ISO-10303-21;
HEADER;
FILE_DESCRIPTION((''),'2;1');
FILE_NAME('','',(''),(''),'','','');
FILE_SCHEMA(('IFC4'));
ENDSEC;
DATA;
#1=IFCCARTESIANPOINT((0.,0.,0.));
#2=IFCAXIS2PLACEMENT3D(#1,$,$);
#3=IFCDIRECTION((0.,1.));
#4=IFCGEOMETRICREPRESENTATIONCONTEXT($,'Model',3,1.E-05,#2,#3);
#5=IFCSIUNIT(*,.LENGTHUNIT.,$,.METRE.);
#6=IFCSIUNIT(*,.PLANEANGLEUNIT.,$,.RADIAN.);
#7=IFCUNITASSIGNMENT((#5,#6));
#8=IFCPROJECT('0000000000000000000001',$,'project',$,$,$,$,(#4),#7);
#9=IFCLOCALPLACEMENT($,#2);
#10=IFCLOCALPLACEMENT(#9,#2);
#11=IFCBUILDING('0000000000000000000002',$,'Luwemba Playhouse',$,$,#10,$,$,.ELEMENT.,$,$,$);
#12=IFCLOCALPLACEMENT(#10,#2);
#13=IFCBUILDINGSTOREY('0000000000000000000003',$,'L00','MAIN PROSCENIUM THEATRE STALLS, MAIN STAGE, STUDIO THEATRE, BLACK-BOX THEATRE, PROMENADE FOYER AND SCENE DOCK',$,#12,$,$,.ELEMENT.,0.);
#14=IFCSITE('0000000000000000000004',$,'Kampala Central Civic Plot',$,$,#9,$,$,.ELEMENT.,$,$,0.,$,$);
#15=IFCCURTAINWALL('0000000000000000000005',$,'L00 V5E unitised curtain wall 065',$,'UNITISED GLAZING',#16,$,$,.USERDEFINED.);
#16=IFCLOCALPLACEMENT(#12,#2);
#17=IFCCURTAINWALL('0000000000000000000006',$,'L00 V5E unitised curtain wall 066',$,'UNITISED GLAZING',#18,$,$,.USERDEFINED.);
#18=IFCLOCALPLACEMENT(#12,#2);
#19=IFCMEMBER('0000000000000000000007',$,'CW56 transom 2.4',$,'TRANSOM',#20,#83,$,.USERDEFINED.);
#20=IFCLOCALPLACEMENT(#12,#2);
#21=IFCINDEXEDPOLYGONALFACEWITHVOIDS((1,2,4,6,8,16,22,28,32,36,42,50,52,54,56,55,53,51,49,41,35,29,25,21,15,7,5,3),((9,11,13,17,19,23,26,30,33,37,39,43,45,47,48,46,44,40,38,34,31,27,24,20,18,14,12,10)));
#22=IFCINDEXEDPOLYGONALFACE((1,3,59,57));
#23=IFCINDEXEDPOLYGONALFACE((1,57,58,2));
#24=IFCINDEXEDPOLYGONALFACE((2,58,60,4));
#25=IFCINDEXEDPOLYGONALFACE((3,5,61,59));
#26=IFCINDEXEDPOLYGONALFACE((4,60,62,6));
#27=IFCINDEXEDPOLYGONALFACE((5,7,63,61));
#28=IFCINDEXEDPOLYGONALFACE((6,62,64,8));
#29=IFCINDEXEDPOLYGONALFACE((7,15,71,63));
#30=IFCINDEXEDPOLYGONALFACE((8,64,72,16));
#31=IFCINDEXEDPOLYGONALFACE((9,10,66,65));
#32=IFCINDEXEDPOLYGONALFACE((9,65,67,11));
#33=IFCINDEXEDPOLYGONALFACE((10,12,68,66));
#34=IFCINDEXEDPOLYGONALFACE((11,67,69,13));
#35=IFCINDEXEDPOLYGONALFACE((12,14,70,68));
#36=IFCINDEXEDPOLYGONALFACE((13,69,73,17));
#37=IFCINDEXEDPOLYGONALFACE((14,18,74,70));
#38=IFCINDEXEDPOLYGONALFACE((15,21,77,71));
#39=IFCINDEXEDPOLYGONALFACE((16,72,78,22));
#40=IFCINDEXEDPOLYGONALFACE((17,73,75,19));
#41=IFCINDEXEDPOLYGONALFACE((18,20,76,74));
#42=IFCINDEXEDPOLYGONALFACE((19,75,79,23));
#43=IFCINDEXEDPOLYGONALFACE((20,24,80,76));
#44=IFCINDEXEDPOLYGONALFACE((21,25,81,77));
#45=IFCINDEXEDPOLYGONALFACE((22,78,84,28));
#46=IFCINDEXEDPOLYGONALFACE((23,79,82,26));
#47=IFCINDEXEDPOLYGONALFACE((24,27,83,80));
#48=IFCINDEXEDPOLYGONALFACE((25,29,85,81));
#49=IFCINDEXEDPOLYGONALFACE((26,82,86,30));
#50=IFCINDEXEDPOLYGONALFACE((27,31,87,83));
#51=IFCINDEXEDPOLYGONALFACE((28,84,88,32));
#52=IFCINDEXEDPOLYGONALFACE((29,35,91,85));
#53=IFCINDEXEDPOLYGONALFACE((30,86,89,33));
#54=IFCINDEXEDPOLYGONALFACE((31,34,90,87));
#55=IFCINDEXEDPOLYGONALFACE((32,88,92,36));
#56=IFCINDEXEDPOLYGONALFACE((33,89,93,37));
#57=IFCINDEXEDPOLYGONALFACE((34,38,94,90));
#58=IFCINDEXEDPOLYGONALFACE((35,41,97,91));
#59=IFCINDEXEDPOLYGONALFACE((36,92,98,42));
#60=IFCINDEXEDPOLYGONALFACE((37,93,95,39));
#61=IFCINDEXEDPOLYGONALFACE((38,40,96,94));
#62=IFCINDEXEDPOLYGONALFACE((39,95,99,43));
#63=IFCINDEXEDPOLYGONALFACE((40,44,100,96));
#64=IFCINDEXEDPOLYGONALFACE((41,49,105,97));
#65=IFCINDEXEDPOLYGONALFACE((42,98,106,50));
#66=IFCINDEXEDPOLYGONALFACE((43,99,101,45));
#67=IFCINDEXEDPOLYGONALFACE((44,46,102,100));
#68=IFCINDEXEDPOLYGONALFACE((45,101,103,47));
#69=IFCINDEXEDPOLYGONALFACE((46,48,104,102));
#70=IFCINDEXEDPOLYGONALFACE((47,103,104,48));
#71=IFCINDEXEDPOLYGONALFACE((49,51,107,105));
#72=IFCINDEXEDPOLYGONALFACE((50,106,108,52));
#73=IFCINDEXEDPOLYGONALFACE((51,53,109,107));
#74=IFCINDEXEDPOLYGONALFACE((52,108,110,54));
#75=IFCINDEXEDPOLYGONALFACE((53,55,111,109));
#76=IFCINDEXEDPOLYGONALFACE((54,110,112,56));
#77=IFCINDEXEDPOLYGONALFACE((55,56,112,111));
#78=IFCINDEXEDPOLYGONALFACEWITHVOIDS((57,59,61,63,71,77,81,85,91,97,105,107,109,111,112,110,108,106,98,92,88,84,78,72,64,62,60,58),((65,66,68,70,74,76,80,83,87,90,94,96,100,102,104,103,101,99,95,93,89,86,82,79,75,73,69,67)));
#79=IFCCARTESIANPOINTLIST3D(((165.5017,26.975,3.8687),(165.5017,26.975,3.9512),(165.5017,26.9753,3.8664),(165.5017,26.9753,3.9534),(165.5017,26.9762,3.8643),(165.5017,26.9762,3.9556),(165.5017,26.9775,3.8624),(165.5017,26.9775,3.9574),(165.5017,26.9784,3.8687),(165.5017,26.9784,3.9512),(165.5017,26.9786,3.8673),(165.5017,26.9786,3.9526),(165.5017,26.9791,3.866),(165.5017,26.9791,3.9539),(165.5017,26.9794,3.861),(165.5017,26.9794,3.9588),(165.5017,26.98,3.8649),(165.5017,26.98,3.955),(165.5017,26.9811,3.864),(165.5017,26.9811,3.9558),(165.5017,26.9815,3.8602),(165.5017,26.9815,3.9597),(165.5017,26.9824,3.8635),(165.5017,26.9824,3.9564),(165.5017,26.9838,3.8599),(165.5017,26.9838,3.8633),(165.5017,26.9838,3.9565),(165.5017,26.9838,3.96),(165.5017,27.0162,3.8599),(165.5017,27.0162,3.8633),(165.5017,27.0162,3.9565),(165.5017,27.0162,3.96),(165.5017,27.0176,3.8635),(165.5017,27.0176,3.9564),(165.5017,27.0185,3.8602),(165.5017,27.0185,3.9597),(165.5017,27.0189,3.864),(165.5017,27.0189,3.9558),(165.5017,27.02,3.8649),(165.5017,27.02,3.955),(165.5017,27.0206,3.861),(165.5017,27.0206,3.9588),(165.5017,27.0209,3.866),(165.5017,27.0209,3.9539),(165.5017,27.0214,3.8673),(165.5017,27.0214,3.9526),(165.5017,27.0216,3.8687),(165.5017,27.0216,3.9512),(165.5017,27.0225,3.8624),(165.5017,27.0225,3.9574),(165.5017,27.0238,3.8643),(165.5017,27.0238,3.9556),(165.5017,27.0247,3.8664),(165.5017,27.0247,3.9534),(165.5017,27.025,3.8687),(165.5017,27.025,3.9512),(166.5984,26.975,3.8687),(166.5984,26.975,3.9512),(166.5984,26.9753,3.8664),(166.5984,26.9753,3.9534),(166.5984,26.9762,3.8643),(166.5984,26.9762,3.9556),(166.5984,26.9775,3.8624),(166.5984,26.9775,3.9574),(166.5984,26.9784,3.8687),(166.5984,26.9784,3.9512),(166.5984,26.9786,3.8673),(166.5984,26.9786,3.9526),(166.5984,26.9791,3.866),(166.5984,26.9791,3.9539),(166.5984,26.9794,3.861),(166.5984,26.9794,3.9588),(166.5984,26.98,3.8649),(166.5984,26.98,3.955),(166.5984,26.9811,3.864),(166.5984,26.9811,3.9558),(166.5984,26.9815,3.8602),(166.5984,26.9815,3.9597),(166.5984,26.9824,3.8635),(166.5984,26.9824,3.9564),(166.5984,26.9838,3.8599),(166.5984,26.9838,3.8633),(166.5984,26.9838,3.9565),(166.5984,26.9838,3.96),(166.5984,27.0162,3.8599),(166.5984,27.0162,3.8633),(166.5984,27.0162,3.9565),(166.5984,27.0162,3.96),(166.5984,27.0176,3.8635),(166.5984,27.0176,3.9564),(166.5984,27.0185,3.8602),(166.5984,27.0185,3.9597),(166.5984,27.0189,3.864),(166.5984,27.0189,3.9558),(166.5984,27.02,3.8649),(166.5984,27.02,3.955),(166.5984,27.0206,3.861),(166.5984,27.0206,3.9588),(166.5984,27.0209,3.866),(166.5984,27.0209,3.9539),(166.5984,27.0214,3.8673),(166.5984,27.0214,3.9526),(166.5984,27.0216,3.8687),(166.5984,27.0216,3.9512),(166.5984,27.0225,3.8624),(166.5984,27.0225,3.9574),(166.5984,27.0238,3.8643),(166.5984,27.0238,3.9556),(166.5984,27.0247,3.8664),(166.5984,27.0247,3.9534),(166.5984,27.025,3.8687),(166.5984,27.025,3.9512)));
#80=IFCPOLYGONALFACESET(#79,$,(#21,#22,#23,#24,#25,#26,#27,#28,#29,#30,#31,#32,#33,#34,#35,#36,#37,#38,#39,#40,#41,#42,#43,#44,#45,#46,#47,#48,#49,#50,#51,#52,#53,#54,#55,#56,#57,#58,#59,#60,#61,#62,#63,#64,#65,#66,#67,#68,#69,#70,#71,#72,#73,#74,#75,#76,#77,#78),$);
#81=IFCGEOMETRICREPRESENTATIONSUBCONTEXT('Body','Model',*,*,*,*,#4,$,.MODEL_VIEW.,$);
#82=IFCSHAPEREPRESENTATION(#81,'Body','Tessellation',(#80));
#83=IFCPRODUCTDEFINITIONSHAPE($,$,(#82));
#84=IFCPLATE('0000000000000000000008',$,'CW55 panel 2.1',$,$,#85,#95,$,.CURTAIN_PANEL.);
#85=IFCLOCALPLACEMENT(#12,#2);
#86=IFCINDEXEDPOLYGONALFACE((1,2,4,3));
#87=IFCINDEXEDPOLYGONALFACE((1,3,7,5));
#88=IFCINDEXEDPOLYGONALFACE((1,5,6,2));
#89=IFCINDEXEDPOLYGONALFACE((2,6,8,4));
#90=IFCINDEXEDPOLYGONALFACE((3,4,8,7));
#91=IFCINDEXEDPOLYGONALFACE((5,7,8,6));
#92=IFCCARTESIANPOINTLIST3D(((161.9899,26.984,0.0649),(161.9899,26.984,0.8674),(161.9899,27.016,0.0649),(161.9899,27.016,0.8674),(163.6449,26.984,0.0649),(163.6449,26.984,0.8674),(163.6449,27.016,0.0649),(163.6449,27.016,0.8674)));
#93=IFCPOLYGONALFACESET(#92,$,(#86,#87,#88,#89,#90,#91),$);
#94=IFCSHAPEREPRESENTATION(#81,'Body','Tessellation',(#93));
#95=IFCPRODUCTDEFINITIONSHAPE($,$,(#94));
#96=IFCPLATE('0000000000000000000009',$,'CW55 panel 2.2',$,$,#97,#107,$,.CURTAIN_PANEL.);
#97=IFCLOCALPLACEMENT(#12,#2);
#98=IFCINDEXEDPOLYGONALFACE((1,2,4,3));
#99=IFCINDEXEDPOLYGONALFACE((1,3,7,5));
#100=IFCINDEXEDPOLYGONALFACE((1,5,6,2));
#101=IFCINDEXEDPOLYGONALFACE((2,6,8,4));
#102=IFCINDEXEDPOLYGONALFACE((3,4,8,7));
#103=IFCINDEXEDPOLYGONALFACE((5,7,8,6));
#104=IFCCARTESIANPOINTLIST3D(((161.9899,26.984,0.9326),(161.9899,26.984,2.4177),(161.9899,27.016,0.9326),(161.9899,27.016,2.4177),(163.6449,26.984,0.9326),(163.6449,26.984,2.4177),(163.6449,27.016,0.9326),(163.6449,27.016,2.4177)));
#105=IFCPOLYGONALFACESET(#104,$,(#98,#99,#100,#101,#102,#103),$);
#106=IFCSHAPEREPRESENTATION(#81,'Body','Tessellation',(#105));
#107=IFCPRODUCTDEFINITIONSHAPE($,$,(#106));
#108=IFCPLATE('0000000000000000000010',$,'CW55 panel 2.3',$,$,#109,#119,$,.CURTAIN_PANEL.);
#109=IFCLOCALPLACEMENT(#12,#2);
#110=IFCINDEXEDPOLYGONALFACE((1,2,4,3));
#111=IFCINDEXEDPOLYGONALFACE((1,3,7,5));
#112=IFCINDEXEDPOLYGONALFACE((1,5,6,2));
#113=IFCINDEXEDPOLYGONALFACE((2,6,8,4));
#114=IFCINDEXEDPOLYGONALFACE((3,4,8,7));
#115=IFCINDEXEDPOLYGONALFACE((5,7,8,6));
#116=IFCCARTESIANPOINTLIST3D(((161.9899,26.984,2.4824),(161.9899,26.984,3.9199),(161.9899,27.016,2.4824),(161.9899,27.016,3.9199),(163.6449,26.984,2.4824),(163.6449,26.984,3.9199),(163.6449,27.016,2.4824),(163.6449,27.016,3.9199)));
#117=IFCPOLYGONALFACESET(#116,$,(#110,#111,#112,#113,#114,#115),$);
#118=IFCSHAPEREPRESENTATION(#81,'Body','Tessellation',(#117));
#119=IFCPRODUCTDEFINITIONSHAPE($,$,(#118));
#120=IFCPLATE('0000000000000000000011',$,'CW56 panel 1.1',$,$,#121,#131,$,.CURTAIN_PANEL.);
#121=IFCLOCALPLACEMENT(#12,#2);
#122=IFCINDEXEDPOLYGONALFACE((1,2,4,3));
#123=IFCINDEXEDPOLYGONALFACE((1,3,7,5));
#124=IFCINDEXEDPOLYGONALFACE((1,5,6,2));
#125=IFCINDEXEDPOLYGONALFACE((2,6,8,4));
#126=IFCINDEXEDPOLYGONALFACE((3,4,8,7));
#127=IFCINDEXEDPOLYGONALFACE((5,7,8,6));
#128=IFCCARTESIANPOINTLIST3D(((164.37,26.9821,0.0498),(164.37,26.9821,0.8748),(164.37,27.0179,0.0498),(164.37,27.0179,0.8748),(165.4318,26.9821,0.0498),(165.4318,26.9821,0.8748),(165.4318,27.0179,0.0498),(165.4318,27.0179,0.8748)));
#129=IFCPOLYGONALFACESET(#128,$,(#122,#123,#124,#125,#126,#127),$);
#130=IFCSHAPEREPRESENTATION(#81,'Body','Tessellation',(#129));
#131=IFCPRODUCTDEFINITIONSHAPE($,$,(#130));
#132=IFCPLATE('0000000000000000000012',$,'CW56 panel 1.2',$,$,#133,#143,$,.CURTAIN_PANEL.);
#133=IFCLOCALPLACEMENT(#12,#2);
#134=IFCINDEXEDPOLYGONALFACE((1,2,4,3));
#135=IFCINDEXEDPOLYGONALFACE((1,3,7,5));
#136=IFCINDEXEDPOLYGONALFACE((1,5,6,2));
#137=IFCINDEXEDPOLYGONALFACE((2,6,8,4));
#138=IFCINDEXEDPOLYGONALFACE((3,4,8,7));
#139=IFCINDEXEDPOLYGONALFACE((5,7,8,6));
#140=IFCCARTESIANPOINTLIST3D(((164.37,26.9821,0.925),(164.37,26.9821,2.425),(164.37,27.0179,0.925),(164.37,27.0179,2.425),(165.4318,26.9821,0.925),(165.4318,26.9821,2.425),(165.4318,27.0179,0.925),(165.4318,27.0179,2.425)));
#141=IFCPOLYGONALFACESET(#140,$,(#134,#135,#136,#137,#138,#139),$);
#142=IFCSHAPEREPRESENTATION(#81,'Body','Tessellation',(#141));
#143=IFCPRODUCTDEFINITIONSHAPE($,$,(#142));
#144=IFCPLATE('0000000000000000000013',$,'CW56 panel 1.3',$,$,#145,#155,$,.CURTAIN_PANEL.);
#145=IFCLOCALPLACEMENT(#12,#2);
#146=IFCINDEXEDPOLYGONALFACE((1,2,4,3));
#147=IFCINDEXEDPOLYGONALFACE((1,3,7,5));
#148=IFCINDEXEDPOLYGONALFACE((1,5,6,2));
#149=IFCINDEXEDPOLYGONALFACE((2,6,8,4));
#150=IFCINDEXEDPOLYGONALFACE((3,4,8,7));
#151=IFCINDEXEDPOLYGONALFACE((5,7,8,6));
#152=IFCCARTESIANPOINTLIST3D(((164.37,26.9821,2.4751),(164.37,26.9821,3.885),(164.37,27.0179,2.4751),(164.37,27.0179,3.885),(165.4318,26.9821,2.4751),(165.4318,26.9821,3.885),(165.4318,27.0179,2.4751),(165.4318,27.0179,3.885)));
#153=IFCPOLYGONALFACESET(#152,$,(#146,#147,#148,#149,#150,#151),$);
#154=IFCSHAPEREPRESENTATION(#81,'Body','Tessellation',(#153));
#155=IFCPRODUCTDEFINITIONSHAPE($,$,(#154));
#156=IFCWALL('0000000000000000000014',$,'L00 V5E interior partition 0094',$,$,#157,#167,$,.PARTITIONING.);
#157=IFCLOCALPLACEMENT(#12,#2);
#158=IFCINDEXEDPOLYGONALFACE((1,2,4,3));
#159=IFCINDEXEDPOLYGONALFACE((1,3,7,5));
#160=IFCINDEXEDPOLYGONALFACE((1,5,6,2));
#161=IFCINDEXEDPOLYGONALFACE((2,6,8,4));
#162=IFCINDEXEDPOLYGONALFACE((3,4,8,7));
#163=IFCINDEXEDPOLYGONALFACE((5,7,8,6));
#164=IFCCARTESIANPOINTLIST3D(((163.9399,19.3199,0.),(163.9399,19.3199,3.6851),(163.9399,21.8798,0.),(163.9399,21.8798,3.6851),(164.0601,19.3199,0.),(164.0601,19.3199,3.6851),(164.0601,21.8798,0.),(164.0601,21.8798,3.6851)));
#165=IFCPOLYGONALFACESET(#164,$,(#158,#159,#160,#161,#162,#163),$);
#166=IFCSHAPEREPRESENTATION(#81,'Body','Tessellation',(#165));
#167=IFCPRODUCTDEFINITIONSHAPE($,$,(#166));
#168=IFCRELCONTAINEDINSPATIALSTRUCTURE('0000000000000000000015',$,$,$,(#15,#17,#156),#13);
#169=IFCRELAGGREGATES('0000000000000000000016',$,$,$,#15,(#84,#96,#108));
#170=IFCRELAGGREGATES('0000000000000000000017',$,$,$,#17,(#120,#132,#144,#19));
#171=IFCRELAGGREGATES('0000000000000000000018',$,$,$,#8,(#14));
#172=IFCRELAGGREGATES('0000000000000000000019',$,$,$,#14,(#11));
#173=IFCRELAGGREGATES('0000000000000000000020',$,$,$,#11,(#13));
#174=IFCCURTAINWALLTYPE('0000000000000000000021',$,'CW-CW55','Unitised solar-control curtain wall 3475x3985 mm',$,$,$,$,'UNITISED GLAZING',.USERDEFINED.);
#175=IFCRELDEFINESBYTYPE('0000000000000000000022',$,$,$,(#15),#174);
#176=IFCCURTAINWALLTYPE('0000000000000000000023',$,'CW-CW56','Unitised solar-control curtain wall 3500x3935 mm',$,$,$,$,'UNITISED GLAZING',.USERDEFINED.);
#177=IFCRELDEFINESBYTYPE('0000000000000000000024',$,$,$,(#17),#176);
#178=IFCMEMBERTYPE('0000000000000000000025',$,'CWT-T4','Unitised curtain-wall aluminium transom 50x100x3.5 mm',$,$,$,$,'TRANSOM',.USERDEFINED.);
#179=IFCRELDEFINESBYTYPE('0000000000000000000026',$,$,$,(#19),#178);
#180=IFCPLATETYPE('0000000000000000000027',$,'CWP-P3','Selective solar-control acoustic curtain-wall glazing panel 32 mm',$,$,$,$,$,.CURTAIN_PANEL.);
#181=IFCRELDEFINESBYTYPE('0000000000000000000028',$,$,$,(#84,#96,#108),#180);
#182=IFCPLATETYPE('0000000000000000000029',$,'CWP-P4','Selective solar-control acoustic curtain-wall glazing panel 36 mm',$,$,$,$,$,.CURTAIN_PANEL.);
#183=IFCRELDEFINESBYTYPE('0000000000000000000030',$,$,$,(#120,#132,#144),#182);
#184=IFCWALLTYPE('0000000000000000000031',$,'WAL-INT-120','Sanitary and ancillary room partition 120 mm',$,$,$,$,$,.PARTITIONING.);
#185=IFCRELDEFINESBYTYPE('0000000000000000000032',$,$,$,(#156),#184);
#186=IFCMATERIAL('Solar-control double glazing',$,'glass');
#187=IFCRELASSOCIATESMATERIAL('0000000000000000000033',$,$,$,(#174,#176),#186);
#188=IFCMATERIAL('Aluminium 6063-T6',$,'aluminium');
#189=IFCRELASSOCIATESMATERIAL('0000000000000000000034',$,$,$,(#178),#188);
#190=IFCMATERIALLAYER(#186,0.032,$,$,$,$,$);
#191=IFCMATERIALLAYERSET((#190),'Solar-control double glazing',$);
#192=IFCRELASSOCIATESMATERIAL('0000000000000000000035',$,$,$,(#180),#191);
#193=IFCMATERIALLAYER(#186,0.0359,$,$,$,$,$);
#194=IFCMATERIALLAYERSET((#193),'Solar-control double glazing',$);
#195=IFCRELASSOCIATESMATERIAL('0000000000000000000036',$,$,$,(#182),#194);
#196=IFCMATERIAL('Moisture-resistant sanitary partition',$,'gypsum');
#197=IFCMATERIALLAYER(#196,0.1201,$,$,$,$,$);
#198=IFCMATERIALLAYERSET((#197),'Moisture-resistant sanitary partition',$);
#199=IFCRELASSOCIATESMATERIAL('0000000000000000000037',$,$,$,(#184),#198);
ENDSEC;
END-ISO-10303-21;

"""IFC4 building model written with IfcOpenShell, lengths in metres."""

from ifc_helpers import new_model, si_unit, direction, frame, frame_2d, origin, origin_2d, place, context, subcontext, project, spatial, rectangle, hollow_rectangle, extrude, material, layer, layer_set, material_profile, profile_set, type_object, element, aggregate, save


model = new_model("IFC4")

# Units and contexts
model_context = context("Model", 3, precision=1e-05, world=origin(), true_north=direction((0.0, 1.0)))
body_context = subcontext(model_context, "Body", "Model", "MODEL_VIEW")
ifc_project = project(units=[si_unit("LENGTHUNIT", "METRE"), si_unit("PLANEANGLEUNIT", "RADIAN")], contexts=[model_context])

# Site, building, storey
site_placement = place(None, origin())
site = spatial("IfcSite", under=ifc_project, at=site_placement, Name="Kampala Central Civic Plot", CompositionType="ELEMENT", RefElevation=0.0)
building_placement = place(site_placement, origin())
building = spatial("IfcBuilding", under=site, at=building_placement, Name="Luwemba Playhouse", CompositionType="ELEMENT")
storey_placement = place(building_placement, origin())
storey = spatial("IfcBuildingStorey", under=building, at=storey_placement, Name="L00", Description="MAIN PROSCENIUM THEATRE STALLS, MAIN STAGE, STUDIO THEATRE, BLACK-BOX THEATRE, PROMENADE FOYER AND SCENE DOCK", CompositionType="ELEMENT", Elevation=0.0)

# Curtain wall
ifc_material_1 = material(Name="Solar-control double glazing", Category="glass")
curtain_wall_type_1 = type_object("IfcCurtainWallType", Name="CW-CW55", Description="Unitised solar-control curtain wall 3475x3985 mm", ElementType="UNITISED GLAZING", PredefinedType="USERDEFINED", material=ifc_material_1)
curtain_wall_1_placement = place(storey_placement, origin())
curtain_wall_1 = element("IfcCurtainWall", 1, at=curtain_wall_1_placement, inside=storey, type_object=curtain_wall_type_1, Name="L00 V5E unitised curtain wall 065", ObjectType="UNITISED GLAZING", PredefinedType="USERDEFINED")
ifc_material_2 = material(Name="Aluminium 6063-T6", Category="aluminium")

# Curtain wall
curtain_wall_type_2 = type_object("IfcCurtainWallType", Name="CW-CW56", Description="Unitised solar-control curtain wall 3500x3935 mm", ElementType="UNITISED GLAZING", PredefinedType="USERDEFINED", material=ifc_material_1)
curtain_wall_2_placement = place(storey_placement, origin())
curtain_wall_2 = element("IfcCurtainWall", 2, at=curtain_wall_2_placement, inside=storey, type_object=curtain_wall_type_2, Name="L00 V5E unitised curtain wall 066", ObjectType="UNITISED GLAZING", PredefinedType="USERDEFINED")

# Member
ifc_material_profile_1 = material_profile(ifc_material_2, hollow_rectangle(XDim=0.05, YDim=0.1001, WallThickness=0.0034, InnerFilletRadius=0.0054, OuterFilletRadius=0.0088, at=origin_2d()))
ifc_profile_set_1 = profile_set([ifc_material_profile_1], Name="Aluminium 6063-T6")
member_type_1 = type_object("IfcMemberType", Name="CWT-T4", Description="Unitised curtain-wall aluminium transom 50x100x3.5 mm", ElementType="TRANSOM", PredefinedType="USERDEFINED", material=ifc_profile_set_1)
member_1_placement = place(storey_placement, frame((165.5017, 27.0, 3.9099), z_axis=(1.0, 0.0, 0.0), x_axis=(0.0, 1.0, 0.0)))
member_1 = element("IfcMember", 3, at=member_1_placement, type_object=member_type_1, Name="CW56 transom 2.4", ObjectType="TRANSOM", PredefinedType="USERDEFINED", context=body_context, shape_type="SweptSolid", body=[
    extrude(hollow_rectangle(XDim=0.05, YDim=0.1001, WallThickness=0.0034, InnerFilletRadius=0.0054, OuterFilletRadius=0.0088, at=origin_2d()), origin(), (0.0, 0.0, 1.0), 1.0967),
])

# Plates
ifc_layer_1 = layer(ifc_material_1, 0.032)
ifc_layer_set_1 = layer_set([ifc_layer_1], Name="Solar-control double glazing")
plate_type_1 = type_object("IfcPlateType", Name="CWP-P3", Description="Selective solar-control acoustic curtain-wall glazing panel 32 mm", PredefinedType="CURTAIN_PANEL", material=ifc_layer_set_1)
plate_1_placement = place(storey_placement, frame((162.8174, 27.0, 0.0649), z_axis=(0.0, 0.0, 1.0), x_axis=(1.0, 0.0, 0.0)))
plate_1 = element("IfcPlate", 4, at=plate_1_placement, type_object=plate_type_1, Name="CW55 panel 2.1", PredefinedType="CURTAIN_PANEL", context=body_context, shape_type="SweptSolid", body=[
    extrude(rectangle(XDim=1.655, YDim=0.032, at=origin_2d()), origin(), (0.0, 0.0, 1.0), 0.8025),
])
plate_2_placement = place(storey_placement, frame((162.8174, 27.0, 0.9326), z_axis=(0.0, 0.0, 1.0), x_axis=(1.0, 0.0, 0.0)))
plate_2 = element("IfcPlate", 5, at=plate_2_placement, type_object=plate_type_1, Name="CW55 panel 2.2", PredefinedType="CURTAIN_PANEL", context=body_context, shape_type="SweptSolid", body=[
    extrude(rectangle(XDim=1.655, YDim=0.032, at=origin_2d()), origin(), (0.0, 0.0, 1.0), 1.4851),
])
plate_3_placement = place(storey_placement, frame((162.8174, 27.0, 2.4824), z_axis=(0.0, 0.0, 1.0), x_axis=(1.0, 0.0, 0.0)))
plate_3 = element("IfcPlate", 6, at=plate_3_placement, type_object=plate_type_1, Name="CW55 panel 2.3", PredefinedType="CURTAIN_PANEL", context=body_context, shape_type="SweptSolid", body=[
    extrude(rectangle(XDim=1.655, YDim=0.032, at=origin_2d()), origin(), (0.0, 0.0, 1.0), 1.4375),
])
aggregate(curtain_wall_1, [plate_1, plate_2, plate_3])
ifc_layer_2 = layer(ifc_material_1, 0.0359)
ifc_layer_set_2 = layer_set([ifc_layer_2], Name="Solar-control double glazing")
plate_type_2 = type_object("IfcPlateType", Name="CWP-P4", Description="Selective solar-control acoustic curtain-wall glazing panel 36 mm", PredefinedType="CURTAIN_PANEL", material=ifc_layer_set_2)
plate_4_placement = place(storey_placement, frame((164.9009, 27.0, 0.0498), z_axis=(0.0, 0.0, 1.0), x_axis=(1.0, 0.0, 0.0)))
plate_4 = element("IfcPlate", 7, at=plate_4_placement, type_object=plate_type_2, Name="CW56 panel 1.1", PredefinedType="CURTAIN_PANEL", context=body_context, shape_type="SweptSolid", body=[
    extrude(rectangle(XDim=1.0618, YDim=0.0359, at=origin_2d()), origin(), (0.0, 0.0, 1.0), 0.825),
])
plate_5_placement = place(storey_placement, frame((164.9009, 27.0, 0.925), z_axis=(0.0, 0.0, 1.0), x_axis=(1.0, 0.0, 0.0)))
plate_5 = element("IfcPlate", 8, at=plate_5_placement, type_object=plate_type_2, Name="CW56 panel 1.2", PredefinedType="CURTAIN_PANEL", context=body_context, shape_type="SweptSolid", body=[
    extrude(rectangle(XDim=1.0618, YDim=0.0359, at=origin_2d()), origin(), (0.0, 0.0, 1.0), 1.5),
])
plate_6_placement = place(storey_placement, frame((164.9009, 27.0, 2.4751), z_axis=(0.0, 0.0, 1.0), x_axis=(1.0, 0.0, 0.0)))
plate_6 = element("IfcPlate", 9, at=plate_6_placement, type_object=plate_type_2, Name="CW56 panel 1.3", PredefinedType="CURTAIN_PANEL", context=body_context, shape_type="SweptSolid", body=[
    extrude(rectangle(XDim=1.0618, YDim=0.0359, at=origin_2d()), origin(), (0.0, 0.0, 1.0), 1.4099),
])
aggregate(curtain_wall_2, [plate_4, plate_5, plate_6, member_1])

# Wall
ifc_material_3 = material(Name="Moisture-resistant sanitary partition", Category="gypsum")
ifc_layer_3 = layer(ifc_material_3, 0.1201)
ifc_layer_set_3 = layer_set([ifc_layer_3], Name="Moisture-resistant sanitary partition")
wall_type = type_object("IfcWallType", Name="WAL-INT-120", Description="Sanitary and ancillary room partition 120 mm", PredefinedType="PARTITIONING", material=ifc_layer_set_3)
wall_placement = place(storey_placement, frame((164.0, 19.3201, 0.0), z_axis=(0.0, 0.0, 1.0), x_axis=(0.0, 1.0, 0.0)))
element("IfcWall", 10, at=wall_placement, inside=storey, type_object=wall_type, Name="L00 V5E interior partition 0094", PredefinedType="PARTITIONING", context=body_context, shape_type="SweptSolid", body=[
    extrude(rectangle(XDim=2.5598, YDim=0.1201, at=frame_2d((1.2798, 0.0))), origin(), (0.0, 0.0, 1.0), 3.6851),
])

save(model, "model.ifc")
